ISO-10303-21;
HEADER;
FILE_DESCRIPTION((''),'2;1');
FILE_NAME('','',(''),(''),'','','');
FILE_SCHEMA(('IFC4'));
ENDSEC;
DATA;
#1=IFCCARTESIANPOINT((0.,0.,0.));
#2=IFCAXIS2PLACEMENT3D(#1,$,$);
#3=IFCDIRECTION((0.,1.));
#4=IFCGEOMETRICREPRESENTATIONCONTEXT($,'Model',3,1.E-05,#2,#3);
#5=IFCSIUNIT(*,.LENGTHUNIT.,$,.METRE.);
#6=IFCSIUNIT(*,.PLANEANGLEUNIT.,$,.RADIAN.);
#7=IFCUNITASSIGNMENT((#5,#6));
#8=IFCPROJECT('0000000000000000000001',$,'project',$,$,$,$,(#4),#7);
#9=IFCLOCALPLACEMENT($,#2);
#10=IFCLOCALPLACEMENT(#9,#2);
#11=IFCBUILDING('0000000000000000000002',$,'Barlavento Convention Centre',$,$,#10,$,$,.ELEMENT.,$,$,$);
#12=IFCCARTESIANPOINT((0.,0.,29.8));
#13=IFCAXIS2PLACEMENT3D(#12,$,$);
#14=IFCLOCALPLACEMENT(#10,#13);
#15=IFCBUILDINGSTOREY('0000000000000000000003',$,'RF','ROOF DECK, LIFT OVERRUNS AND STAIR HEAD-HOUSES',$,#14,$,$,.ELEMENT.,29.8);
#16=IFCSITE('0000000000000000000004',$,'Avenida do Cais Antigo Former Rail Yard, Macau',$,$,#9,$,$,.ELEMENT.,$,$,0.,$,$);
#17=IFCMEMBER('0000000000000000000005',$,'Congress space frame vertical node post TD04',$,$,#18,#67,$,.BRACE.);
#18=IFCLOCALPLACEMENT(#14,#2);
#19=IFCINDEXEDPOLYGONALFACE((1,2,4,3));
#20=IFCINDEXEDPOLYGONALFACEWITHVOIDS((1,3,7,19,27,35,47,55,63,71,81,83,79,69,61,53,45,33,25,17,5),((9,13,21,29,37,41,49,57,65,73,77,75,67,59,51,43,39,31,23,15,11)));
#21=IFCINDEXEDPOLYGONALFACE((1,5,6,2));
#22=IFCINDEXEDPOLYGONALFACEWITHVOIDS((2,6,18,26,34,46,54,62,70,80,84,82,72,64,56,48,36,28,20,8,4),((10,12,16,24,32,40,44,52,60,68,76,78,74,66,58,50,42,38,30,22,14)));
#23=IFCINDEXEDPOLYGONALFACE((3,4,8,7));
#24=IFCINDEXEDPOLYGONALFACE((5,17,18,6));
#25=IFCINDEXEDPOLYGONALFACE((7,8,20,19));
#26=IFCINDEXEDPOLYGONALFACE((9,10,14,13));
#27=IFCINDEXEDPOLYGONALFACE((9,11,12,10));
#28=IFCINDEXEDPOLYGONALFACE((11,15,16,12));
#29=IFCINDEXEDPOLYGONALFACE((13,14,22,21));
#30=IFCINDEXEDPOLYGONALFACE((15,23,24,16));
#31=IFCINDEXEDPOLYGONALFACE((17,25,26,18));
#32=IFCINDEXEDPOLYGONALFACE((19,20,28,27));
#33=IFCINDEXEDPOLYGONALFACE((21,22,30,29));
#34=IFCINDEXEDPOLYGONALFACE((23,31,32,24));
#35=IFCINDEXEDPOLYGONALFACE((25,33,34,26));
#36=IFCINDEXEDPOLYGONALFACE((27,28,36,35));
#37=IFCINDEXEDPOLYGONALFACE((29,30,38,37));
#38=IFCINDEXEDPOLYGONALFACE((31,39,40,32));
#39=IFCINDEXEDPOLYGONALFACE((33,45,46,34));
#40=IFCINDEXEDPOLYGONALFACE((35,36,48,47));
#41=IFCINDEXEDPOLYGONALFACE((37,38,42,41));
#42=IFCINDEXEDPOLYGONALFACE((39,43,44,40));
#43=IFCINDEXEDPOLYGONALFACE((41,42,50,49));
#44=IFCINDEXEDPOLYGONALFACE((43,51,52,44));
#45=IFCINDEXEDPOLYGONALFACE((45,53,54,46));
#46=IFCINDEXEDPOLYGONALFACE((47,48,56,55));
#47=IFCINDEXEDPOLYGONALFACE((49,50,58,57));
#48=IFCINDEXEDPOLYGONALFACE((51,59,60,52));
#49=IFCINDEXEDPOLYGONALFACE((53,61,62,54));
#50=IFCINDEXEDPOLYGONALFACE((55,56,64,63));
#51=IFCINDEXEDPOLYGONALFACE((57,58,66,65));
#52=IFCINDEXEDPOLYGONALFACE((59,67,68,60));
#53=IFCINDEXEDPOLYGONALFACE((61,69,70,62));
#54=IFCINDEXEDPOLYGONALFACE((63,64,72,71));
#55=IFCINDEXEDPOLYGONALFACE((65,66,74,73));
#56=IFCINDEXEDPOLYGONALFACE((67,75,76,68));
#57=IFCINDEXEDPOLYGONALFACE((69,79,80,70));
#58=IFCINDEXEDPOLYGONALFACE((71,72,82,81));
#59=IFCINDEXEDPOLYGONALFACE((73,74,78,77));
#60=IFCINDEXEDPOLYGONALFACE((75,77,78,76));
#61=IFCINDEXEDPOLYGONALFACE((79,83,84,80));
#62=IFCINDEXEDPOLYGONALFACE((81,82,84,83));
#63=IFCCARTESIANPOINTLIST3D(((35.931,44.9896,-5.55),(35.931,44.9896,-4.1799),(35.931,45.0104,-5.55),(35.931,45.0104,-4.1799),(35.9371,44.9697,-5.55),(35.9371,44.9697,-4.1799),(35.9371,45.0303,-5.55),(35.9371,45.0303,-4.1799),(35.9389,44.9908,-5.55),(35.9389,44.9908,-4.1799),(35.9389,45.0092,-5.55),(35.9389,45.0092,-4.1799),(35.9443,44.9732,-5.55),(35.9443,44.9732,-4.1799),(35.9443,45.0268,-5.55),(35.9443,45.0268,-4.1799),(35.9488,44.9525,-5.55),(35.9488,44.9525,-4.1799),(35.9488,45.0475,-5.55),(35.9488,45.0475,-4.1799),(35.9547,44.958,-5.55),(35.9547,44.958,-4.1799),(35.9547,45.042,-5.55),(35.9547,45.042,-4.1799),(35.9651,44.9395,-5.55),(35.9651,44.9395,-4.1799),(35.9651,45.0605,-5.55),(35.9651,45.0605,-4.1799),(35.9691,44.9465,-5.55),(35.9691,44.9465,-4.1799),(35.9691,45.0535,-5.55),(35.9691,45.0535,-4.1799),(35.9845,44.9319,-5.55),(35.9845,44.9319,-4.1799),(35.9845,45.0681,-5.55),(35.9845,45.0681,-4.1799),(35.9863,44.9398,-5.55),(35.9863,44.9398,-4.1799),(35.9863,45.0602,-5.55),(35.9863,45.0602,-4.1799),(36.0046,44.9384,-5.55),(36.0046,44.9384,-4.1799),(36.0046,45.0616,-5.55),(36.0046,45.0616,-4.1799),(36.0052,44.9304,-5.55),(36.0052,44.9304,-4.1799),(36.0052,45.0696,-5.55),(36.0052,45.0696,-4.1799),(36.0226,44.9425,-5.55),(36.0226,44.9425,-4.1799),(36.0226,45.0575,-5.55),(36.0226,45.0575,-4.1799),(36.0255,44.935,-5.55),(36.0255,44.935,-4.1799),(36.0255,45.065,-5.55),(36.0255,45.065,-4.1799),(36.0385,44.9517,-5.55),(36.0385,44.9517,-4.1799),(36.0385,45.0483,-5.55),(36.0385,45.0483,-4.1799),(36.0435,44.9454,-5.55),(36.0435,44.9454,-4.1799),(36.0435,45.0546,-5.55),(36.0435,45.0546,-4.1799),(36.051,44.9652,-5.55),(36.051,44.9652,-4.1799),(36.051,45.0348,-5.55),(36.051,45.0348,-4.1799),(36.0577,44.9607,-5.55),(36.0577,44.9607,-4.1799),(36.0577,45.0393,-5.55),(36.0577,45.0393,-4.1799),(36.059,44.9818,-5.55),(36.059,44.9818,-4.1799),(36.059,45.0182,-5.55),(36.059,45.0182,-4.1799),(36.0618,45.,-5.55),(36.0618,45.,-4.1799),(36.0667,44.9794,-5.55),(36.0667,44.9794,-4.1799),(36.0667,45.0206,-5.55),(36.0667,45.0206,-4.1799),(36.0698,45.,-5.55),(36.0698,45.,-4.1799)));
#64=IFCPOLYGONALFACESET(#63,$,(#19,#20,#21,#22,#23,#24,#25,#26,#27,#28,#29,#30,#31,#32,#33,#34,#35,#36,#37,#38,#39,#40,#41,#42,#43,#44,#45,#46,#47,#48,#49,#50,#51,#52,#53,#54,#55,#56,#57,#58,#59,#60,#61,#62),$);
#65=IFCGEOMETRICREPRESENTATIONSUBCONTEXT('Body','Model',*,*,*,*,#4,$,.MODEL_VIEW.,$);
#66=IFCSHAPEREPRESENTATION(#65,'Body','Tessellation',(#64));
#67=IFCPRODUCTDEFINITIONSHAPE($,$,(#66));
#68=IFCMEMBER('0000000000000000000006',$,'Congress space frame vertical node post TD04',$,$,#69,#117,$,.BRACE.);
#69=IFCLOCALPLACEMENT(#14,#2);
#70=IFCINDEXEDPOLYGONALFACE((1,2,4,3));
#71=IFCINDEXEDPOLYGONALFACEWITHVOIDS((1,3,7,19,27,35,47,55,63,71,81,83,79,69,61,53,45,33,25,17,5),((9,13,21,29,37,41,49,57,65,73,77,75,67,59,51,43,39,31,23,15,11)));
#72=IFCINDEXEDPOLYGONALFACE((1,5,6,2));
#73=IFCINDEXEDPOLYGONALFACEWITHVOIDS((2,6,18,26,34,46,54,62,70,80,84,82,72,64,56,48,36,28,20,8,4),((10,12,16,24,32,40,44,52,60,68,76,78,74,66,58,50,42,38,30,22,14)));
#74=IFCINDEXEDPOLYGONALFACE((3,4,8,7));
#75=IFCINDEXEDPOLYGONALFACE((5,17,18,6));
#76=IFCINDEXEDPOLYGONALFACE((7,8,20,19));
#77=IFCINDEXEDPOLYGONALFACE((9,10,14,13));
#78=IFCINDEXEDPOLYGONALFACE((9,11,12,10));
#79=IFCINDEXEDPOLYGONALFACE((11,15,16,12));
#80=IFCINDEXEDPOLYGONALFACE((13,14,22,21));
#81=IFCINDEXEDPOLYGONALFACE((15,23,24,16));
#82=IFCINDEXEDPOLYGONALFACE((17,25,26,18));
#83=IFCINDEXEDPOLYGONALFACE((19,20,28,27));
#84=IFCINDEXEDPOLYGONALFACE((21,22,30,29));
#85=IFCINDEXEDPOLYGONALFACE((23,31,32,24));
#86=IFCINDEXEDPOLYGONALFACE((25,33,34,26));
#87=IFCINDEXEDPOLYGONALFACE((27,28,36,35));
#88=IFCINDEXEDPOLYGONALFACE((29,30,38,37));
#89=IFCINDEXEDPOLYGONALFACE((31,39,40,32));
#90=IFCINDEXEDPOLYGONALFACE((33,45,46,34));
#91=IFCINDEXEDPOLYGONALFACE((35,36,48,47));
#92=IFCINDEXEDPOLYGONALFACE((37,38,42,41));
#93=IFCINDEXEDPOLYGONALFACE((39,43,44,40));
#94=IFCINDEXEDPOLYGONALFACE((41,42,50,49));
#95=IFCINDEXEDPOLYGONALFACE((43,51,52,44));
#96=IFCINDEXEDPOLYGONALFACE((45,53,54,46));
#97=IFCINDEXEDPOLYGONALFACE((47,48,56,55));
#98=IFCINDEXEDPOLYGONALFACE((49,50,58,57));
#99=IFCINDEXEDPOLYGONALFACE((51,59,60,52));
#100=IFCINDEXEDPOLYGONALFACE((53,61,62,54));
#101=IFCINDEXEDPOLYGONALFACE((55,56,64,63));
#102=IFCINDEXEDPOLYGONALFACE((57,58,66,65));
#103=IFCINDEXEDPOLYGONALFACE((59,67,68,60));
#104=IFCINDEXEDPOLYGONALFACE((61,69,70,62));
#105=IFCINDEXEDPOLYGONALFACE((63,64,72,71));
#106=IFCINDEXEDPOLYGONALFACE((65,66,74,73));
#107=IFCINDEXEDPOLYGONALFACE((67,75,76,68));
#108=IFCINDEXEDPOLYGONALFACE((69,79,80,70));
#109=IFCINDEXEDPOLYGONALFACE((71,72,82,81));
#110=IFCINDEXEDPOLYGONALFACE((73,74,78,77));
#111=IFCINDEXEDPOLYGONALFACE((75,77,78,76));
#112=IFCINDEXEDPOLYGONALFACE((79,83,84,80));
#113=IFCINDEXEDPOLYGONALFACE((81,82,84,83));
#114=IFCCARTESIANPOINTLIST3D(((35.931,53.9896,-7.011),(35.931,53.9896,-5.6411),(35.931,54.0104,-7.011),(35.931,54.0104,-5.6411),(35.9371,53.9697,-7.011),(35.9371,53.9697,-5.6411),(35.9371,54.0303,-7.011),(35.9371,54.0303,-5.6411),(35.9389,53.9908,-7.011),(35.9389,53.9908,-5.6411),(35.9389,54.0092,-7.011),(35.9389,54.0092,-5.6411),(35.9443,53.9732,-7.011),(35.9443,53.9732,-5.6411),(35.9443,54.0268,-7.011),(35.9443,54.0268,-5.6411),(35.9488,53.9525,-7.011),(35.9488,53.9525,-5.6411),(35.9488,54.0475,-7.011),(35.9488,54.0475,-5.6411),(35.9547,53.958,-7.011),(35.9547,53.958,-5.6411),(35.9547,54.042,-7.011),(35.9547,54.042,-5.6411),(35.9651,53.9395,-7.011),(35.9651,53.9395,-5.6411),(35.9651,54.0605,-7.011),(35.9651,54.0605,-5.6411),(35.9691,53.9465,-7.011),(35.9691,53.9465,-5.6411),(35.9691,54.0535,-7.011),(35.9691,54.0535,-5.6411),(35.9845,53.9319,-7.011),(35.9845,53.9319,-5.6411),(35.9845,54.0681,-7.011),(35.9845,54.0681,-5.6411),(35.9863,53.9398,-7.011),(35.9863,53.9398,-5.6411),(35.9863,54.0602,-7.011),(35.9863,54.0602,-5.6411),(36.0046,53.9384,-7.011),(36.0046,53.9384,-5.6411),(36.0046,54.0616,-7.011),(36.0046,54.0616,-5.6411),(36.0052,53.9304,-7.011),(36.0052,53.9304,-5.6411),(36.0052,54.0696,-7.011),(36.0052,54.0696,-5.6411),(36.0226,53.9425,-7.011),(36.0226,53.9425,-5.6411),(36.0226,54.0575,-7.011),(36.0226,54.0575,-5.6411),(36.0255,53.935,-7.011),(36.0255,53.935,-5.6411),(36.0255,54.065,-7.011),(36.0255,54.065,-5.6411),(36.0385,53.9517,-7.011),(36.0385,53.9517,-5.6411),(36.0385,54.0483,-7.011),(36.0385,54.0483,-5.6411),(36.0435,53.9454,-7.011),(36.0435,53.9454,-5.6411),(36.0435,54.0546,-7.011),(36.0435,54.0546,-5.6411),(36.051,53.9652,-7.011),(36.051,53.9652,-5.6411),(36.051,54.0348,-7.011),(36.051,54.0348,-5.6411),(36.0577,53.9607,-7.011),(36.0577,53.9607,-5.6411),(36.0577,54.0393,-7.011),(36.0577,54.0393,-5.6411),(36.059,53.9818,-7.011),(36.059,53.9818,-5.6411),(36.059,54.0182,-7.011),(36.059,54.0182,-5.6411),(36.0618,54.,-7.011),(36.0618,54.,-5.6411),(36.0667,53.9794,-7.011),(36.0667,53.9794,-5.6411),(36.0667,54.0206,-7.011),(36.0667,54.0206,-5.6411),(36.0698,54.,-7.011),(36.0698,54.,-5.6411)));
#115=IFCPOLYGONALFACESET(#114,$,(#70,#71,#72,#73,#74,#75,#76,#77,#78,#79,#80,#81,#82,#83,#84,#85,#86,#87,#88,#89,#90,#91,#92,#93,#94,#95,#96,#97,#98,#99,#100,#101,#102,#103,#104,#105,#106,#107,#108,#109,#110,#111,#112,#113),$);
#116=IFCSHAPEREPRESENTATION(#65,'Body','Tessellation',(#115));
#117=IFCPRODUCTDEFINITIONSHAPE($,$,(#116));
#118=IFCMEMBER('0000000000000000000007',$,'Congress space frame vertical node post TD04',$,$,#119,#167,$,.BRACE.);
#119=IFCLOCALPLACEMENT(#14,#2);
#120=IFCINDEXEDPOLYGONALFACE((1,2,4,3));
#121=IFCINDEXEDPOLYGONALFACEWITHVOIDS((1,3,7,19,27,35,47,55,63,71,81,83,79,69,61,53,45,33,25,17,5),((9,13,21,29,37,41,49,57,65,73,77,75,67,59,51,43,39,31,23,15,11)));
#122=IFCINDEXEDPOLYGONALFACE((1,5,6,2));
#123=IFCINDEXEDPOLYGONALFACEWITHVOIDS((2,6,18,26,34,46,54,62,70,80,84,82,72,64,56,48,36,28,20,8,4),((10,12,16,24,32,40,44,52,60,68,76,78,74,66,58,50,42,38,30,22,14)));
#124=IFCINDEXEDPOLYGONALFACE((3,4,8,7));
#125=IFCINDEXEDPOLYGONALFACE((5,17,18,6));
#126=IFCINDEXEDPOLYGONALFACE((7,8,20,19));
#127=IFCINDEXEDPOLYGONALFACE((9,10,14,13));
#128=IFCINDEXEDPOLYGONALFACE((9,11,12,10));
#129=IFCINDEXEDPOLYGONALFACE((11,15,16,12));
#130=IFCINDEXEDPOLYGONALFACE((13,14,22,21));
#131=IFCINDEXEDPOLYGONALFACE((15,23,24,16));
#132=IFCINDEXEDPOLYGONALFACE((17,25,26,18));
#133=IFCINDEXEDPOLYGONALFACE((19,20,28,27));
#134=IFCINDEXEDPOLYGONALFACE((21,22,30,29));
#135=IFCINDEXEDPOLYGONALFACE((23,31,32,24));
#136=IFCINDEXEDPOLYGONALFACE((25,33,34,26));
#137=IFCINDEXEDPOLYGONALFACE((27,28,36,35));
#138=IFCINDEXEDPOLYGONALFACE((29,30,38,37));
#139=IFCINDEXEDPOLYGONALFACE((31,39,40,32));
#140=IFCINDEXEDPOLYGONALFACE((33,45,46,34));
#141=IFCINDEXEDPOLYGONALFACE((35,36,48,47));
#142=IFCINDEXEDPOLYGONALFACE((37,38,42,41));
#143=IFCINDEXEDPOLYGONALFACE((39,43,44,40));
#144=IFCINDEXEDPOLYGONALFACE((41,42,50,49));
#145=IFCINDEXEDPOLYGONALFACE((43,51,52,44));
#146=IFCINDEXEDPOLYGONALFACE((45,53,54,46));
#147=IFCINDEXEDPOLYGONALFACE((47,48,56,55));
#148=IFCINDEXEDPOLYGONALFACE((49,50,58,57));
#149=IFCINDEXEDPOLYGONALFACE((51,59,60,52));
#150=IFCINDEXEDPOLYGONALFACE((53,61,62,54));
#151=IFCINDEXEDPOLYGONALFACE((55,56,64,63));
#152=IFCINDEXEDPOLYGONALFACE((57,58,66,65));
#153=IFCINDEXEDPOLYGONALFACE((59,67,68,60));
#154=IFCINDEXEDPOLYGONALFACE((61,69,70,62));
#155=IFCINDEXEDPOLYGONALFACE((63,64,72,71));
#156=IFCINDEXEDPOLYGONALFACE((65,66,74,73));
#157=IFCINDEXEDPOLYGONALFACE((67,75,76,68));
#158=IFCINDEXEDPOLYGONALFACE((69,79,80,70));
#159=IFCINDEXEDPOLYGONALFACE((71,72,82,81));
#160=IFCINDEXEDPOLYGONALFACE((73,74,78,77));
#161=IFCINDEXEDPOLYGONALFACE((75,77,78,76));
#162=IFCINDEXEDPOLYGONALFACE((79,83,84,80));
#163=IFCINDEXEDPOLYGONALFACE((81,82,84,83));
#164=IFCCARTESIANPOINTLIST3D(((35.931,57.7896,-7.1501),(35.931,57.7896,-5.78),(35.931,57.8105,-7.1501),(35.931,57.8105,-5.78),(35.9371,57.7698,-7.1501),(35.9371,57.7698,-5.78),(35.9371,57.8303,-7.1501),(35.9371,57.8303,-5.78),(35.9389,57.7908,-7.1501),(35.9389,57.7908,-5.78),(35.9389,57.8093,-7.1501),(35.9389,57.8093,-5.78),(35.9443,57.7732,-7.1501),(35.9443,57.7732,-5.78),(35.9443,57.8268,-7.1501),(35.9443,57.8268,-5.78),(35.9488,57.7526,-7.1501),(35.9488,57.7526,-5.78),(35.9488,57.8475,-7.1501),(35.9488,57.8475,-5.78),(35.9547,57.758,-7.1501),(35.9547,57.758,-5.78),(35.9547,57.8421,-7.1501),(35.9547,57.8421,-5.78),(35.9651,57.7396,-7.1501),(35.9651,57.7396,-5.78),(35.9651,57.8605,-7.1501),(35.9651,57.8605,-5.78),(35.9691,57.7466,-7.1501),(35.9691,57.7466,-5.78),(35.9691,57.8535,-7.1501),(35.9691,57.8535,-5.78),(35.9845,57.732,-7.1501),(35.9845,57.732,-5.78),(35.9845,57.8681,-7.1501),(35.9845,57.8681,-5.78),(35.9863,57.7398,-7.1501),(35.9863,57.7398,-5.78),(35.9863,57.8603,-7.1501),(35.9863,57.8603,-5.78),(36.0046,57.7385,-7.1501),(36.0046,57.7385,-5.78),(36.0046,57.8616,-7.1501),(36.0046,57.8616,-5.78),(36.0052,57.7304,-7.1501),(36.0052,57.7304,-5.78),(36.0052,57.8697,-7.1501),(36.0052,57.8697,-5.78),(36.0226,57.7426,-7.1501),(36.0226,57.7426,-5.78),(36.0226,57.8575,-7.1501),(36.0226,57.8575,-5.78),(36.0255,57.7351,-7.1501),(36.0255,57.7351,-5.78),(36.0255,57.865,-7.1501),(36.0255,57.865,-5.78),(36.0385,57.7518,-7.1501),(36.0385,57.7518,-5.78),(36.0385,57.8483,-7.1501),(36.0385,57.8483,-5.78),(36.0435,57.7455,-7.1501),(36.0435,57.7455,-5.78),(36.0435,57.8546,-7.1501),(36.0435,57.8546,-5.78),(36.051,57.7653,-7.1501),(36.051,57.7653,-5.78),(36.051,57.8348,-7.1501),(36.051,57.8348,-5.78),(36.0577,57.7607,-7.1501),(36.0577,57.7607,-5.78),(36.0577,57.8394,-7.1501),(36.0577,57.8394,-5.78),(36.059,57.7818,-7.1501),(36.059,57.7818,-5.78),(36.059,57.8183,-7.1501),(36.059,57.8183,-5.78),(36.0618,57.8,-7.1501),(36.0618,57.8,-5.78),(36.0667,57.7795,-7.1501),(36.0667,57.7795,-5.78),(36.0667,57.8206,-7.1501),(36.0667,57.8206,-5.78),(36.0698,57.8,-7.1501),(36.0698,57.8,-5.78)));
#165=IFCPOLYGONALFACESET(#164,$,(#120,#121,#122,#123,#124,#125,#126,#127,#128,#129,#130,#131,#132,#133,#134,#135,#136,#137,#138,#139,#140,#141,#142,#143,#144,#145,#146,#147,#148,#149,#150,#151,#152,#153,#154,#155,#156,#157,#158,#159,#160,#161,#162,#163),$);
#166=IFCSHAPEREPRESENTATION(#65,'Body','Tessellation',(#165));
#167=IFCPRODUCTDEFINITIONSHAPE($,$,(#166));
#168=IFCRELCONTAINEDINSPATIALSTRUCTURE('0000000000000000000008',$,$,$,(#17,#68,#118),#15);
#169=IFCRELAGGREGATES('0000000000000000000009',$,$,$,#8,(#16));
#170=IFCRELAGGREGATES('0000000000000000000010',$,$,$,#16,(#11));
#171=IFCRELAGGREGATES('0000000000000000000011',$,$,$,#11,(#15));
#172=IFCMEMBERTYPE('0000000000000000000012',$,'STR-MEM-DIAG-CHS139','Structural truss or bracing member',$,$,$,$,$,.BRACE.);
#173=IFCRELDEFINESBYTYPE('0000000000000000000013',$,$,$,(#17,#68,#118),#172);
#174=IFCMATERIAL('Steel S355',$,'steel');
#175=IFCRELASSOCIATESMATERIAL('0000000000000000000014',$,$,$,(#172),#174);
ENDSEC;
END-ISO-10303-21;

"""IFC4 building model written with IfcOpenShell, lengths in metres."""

from ifc_helpers import new_model, si_unit, direction, frame, origin, origin_2d, place, context, subcontext, project, spatial, hollow_circle, extrude, material, material_profile, profile_set, type_object, element, save


model = new_model("IFC4")

# Units and contexts
model_context = context("Model", 3, precision=1e-05, world=origin(), true_north=direction((0.0, 1.0)))
body_context = subcontext(model_context, "Body", "Model", "MODEL_VIEW")
ifc_project = project(units=[si_unit("LENGTHUNIT", "METRE"), si_unit("PLANEANGLEUNIT", "RADIAN")], contexts=[model_context])

# Site, building, storey
site_placement = place(None, origin())
site = spatial("IfcSite", under=ifc_project, at=site_placement, Name="Avenida do Cais Antigo Former Rail Yard, Macau", CompositionType="ELEMENT", RefElevation=0.0)
building_placement = place(site_placement, origin())
building = spatial("IfcBuilding", under=site, at=building_placement, Name="Barlavento Convention Centre", CompositionType="ELEMENT")
storey_placement = place(building_placement, frame((0.0, 0.0, 29.8)))
storey = spatial("IfcBuildingStorey", under=building, at=storey_placement, Name="RF", Description="ROOF DECK, LIFT OVERRUNS AND STAIR HEAD-HOUSES", CompositionType="ELEMENT", Elevation=29.8)

# Shared definitions
ifc_material_1 = material(Name="Steel S355", Category="steel")

# Members
ifc_material_profile_1 = material_profile(ifc_material_1, hollow_circle(Radius=0.0698, WallThickness=0.0081, at=origin_2d()), Name="CHS 139.7x8.0")
ifc_profile_set_1 = profile_set([ifc_material_profile_1], Name="Steel S355")
member_type_1 = type_object("IfcMemberType", Name="STR-MEM-DIAG-CHS139", Description="Structural truss or bracing member", PredefinedType="BRACE", material=ifc_profile_set_1)
for number, where, z_axis, x_axis, name in (
    (1, (36.0, 45.0, -5.55), (0.0, 0.0, 1.0), (1.0, 0.0, 0.0), "Congress space frame vertical node post TD04"),
):
    element("IfcMember", number, at=place(storey_placement, frame(where, z_axis=z_axis, x_axis=x_axis)), inside=storey, type_object=member_type_1, Name=name, PredefinedType="BRACE", context=body_context, shape_type="SweptSolid", body=[
        extrude(hollow_circle(Radius=0.0698, WallThickness=0.0081, at=origin_2d()), origin(), (0.0, 0.0, 1.0), 1.3701),
    ])
member_1_placement = place(storey_placement, frame((36.0, 54.0, -7.011), z_axis=(0.0, 0.0, 1.0), x_axis=(1.0, 0.0, 0.0)))
element("IfcMember", 2, at=member_1_placement, inside=storey, type_object=member_type_1, Name="Congress space frame vertical node post TD04", PredefinedType="BRACE", context=body_context, shape_type="SweptSolid", body=[
    extrude(hollow_circle(Radius=0.0698, WallThickness=0.0081, at=origin_2d()), origin(), (0.0, 0.0, 1.0), 1.3699),
])
member_2_placement = place(storey_placement, frame((36.0, 57.8, -7.1501), z_axis=(0.0, 0.0, 1.0), x_axis=(1.0, 0.0, 0.0)))
element("IfcMember", 3, at=member_2_placement, inside=storey, type_object=member_type_1, Name="Congress space frame vertical node post TD04", PredefinedType="BRACE", context=body_context, shape_type="SweptSolid", body=[
    extrude(hollow_circle(Radius=0.0698, WallThickness=0.0081, at=origin_2d()), origin(), (0.0, 0.0, 1.0), 1.3701),
])

save(model, "model.ifc")
